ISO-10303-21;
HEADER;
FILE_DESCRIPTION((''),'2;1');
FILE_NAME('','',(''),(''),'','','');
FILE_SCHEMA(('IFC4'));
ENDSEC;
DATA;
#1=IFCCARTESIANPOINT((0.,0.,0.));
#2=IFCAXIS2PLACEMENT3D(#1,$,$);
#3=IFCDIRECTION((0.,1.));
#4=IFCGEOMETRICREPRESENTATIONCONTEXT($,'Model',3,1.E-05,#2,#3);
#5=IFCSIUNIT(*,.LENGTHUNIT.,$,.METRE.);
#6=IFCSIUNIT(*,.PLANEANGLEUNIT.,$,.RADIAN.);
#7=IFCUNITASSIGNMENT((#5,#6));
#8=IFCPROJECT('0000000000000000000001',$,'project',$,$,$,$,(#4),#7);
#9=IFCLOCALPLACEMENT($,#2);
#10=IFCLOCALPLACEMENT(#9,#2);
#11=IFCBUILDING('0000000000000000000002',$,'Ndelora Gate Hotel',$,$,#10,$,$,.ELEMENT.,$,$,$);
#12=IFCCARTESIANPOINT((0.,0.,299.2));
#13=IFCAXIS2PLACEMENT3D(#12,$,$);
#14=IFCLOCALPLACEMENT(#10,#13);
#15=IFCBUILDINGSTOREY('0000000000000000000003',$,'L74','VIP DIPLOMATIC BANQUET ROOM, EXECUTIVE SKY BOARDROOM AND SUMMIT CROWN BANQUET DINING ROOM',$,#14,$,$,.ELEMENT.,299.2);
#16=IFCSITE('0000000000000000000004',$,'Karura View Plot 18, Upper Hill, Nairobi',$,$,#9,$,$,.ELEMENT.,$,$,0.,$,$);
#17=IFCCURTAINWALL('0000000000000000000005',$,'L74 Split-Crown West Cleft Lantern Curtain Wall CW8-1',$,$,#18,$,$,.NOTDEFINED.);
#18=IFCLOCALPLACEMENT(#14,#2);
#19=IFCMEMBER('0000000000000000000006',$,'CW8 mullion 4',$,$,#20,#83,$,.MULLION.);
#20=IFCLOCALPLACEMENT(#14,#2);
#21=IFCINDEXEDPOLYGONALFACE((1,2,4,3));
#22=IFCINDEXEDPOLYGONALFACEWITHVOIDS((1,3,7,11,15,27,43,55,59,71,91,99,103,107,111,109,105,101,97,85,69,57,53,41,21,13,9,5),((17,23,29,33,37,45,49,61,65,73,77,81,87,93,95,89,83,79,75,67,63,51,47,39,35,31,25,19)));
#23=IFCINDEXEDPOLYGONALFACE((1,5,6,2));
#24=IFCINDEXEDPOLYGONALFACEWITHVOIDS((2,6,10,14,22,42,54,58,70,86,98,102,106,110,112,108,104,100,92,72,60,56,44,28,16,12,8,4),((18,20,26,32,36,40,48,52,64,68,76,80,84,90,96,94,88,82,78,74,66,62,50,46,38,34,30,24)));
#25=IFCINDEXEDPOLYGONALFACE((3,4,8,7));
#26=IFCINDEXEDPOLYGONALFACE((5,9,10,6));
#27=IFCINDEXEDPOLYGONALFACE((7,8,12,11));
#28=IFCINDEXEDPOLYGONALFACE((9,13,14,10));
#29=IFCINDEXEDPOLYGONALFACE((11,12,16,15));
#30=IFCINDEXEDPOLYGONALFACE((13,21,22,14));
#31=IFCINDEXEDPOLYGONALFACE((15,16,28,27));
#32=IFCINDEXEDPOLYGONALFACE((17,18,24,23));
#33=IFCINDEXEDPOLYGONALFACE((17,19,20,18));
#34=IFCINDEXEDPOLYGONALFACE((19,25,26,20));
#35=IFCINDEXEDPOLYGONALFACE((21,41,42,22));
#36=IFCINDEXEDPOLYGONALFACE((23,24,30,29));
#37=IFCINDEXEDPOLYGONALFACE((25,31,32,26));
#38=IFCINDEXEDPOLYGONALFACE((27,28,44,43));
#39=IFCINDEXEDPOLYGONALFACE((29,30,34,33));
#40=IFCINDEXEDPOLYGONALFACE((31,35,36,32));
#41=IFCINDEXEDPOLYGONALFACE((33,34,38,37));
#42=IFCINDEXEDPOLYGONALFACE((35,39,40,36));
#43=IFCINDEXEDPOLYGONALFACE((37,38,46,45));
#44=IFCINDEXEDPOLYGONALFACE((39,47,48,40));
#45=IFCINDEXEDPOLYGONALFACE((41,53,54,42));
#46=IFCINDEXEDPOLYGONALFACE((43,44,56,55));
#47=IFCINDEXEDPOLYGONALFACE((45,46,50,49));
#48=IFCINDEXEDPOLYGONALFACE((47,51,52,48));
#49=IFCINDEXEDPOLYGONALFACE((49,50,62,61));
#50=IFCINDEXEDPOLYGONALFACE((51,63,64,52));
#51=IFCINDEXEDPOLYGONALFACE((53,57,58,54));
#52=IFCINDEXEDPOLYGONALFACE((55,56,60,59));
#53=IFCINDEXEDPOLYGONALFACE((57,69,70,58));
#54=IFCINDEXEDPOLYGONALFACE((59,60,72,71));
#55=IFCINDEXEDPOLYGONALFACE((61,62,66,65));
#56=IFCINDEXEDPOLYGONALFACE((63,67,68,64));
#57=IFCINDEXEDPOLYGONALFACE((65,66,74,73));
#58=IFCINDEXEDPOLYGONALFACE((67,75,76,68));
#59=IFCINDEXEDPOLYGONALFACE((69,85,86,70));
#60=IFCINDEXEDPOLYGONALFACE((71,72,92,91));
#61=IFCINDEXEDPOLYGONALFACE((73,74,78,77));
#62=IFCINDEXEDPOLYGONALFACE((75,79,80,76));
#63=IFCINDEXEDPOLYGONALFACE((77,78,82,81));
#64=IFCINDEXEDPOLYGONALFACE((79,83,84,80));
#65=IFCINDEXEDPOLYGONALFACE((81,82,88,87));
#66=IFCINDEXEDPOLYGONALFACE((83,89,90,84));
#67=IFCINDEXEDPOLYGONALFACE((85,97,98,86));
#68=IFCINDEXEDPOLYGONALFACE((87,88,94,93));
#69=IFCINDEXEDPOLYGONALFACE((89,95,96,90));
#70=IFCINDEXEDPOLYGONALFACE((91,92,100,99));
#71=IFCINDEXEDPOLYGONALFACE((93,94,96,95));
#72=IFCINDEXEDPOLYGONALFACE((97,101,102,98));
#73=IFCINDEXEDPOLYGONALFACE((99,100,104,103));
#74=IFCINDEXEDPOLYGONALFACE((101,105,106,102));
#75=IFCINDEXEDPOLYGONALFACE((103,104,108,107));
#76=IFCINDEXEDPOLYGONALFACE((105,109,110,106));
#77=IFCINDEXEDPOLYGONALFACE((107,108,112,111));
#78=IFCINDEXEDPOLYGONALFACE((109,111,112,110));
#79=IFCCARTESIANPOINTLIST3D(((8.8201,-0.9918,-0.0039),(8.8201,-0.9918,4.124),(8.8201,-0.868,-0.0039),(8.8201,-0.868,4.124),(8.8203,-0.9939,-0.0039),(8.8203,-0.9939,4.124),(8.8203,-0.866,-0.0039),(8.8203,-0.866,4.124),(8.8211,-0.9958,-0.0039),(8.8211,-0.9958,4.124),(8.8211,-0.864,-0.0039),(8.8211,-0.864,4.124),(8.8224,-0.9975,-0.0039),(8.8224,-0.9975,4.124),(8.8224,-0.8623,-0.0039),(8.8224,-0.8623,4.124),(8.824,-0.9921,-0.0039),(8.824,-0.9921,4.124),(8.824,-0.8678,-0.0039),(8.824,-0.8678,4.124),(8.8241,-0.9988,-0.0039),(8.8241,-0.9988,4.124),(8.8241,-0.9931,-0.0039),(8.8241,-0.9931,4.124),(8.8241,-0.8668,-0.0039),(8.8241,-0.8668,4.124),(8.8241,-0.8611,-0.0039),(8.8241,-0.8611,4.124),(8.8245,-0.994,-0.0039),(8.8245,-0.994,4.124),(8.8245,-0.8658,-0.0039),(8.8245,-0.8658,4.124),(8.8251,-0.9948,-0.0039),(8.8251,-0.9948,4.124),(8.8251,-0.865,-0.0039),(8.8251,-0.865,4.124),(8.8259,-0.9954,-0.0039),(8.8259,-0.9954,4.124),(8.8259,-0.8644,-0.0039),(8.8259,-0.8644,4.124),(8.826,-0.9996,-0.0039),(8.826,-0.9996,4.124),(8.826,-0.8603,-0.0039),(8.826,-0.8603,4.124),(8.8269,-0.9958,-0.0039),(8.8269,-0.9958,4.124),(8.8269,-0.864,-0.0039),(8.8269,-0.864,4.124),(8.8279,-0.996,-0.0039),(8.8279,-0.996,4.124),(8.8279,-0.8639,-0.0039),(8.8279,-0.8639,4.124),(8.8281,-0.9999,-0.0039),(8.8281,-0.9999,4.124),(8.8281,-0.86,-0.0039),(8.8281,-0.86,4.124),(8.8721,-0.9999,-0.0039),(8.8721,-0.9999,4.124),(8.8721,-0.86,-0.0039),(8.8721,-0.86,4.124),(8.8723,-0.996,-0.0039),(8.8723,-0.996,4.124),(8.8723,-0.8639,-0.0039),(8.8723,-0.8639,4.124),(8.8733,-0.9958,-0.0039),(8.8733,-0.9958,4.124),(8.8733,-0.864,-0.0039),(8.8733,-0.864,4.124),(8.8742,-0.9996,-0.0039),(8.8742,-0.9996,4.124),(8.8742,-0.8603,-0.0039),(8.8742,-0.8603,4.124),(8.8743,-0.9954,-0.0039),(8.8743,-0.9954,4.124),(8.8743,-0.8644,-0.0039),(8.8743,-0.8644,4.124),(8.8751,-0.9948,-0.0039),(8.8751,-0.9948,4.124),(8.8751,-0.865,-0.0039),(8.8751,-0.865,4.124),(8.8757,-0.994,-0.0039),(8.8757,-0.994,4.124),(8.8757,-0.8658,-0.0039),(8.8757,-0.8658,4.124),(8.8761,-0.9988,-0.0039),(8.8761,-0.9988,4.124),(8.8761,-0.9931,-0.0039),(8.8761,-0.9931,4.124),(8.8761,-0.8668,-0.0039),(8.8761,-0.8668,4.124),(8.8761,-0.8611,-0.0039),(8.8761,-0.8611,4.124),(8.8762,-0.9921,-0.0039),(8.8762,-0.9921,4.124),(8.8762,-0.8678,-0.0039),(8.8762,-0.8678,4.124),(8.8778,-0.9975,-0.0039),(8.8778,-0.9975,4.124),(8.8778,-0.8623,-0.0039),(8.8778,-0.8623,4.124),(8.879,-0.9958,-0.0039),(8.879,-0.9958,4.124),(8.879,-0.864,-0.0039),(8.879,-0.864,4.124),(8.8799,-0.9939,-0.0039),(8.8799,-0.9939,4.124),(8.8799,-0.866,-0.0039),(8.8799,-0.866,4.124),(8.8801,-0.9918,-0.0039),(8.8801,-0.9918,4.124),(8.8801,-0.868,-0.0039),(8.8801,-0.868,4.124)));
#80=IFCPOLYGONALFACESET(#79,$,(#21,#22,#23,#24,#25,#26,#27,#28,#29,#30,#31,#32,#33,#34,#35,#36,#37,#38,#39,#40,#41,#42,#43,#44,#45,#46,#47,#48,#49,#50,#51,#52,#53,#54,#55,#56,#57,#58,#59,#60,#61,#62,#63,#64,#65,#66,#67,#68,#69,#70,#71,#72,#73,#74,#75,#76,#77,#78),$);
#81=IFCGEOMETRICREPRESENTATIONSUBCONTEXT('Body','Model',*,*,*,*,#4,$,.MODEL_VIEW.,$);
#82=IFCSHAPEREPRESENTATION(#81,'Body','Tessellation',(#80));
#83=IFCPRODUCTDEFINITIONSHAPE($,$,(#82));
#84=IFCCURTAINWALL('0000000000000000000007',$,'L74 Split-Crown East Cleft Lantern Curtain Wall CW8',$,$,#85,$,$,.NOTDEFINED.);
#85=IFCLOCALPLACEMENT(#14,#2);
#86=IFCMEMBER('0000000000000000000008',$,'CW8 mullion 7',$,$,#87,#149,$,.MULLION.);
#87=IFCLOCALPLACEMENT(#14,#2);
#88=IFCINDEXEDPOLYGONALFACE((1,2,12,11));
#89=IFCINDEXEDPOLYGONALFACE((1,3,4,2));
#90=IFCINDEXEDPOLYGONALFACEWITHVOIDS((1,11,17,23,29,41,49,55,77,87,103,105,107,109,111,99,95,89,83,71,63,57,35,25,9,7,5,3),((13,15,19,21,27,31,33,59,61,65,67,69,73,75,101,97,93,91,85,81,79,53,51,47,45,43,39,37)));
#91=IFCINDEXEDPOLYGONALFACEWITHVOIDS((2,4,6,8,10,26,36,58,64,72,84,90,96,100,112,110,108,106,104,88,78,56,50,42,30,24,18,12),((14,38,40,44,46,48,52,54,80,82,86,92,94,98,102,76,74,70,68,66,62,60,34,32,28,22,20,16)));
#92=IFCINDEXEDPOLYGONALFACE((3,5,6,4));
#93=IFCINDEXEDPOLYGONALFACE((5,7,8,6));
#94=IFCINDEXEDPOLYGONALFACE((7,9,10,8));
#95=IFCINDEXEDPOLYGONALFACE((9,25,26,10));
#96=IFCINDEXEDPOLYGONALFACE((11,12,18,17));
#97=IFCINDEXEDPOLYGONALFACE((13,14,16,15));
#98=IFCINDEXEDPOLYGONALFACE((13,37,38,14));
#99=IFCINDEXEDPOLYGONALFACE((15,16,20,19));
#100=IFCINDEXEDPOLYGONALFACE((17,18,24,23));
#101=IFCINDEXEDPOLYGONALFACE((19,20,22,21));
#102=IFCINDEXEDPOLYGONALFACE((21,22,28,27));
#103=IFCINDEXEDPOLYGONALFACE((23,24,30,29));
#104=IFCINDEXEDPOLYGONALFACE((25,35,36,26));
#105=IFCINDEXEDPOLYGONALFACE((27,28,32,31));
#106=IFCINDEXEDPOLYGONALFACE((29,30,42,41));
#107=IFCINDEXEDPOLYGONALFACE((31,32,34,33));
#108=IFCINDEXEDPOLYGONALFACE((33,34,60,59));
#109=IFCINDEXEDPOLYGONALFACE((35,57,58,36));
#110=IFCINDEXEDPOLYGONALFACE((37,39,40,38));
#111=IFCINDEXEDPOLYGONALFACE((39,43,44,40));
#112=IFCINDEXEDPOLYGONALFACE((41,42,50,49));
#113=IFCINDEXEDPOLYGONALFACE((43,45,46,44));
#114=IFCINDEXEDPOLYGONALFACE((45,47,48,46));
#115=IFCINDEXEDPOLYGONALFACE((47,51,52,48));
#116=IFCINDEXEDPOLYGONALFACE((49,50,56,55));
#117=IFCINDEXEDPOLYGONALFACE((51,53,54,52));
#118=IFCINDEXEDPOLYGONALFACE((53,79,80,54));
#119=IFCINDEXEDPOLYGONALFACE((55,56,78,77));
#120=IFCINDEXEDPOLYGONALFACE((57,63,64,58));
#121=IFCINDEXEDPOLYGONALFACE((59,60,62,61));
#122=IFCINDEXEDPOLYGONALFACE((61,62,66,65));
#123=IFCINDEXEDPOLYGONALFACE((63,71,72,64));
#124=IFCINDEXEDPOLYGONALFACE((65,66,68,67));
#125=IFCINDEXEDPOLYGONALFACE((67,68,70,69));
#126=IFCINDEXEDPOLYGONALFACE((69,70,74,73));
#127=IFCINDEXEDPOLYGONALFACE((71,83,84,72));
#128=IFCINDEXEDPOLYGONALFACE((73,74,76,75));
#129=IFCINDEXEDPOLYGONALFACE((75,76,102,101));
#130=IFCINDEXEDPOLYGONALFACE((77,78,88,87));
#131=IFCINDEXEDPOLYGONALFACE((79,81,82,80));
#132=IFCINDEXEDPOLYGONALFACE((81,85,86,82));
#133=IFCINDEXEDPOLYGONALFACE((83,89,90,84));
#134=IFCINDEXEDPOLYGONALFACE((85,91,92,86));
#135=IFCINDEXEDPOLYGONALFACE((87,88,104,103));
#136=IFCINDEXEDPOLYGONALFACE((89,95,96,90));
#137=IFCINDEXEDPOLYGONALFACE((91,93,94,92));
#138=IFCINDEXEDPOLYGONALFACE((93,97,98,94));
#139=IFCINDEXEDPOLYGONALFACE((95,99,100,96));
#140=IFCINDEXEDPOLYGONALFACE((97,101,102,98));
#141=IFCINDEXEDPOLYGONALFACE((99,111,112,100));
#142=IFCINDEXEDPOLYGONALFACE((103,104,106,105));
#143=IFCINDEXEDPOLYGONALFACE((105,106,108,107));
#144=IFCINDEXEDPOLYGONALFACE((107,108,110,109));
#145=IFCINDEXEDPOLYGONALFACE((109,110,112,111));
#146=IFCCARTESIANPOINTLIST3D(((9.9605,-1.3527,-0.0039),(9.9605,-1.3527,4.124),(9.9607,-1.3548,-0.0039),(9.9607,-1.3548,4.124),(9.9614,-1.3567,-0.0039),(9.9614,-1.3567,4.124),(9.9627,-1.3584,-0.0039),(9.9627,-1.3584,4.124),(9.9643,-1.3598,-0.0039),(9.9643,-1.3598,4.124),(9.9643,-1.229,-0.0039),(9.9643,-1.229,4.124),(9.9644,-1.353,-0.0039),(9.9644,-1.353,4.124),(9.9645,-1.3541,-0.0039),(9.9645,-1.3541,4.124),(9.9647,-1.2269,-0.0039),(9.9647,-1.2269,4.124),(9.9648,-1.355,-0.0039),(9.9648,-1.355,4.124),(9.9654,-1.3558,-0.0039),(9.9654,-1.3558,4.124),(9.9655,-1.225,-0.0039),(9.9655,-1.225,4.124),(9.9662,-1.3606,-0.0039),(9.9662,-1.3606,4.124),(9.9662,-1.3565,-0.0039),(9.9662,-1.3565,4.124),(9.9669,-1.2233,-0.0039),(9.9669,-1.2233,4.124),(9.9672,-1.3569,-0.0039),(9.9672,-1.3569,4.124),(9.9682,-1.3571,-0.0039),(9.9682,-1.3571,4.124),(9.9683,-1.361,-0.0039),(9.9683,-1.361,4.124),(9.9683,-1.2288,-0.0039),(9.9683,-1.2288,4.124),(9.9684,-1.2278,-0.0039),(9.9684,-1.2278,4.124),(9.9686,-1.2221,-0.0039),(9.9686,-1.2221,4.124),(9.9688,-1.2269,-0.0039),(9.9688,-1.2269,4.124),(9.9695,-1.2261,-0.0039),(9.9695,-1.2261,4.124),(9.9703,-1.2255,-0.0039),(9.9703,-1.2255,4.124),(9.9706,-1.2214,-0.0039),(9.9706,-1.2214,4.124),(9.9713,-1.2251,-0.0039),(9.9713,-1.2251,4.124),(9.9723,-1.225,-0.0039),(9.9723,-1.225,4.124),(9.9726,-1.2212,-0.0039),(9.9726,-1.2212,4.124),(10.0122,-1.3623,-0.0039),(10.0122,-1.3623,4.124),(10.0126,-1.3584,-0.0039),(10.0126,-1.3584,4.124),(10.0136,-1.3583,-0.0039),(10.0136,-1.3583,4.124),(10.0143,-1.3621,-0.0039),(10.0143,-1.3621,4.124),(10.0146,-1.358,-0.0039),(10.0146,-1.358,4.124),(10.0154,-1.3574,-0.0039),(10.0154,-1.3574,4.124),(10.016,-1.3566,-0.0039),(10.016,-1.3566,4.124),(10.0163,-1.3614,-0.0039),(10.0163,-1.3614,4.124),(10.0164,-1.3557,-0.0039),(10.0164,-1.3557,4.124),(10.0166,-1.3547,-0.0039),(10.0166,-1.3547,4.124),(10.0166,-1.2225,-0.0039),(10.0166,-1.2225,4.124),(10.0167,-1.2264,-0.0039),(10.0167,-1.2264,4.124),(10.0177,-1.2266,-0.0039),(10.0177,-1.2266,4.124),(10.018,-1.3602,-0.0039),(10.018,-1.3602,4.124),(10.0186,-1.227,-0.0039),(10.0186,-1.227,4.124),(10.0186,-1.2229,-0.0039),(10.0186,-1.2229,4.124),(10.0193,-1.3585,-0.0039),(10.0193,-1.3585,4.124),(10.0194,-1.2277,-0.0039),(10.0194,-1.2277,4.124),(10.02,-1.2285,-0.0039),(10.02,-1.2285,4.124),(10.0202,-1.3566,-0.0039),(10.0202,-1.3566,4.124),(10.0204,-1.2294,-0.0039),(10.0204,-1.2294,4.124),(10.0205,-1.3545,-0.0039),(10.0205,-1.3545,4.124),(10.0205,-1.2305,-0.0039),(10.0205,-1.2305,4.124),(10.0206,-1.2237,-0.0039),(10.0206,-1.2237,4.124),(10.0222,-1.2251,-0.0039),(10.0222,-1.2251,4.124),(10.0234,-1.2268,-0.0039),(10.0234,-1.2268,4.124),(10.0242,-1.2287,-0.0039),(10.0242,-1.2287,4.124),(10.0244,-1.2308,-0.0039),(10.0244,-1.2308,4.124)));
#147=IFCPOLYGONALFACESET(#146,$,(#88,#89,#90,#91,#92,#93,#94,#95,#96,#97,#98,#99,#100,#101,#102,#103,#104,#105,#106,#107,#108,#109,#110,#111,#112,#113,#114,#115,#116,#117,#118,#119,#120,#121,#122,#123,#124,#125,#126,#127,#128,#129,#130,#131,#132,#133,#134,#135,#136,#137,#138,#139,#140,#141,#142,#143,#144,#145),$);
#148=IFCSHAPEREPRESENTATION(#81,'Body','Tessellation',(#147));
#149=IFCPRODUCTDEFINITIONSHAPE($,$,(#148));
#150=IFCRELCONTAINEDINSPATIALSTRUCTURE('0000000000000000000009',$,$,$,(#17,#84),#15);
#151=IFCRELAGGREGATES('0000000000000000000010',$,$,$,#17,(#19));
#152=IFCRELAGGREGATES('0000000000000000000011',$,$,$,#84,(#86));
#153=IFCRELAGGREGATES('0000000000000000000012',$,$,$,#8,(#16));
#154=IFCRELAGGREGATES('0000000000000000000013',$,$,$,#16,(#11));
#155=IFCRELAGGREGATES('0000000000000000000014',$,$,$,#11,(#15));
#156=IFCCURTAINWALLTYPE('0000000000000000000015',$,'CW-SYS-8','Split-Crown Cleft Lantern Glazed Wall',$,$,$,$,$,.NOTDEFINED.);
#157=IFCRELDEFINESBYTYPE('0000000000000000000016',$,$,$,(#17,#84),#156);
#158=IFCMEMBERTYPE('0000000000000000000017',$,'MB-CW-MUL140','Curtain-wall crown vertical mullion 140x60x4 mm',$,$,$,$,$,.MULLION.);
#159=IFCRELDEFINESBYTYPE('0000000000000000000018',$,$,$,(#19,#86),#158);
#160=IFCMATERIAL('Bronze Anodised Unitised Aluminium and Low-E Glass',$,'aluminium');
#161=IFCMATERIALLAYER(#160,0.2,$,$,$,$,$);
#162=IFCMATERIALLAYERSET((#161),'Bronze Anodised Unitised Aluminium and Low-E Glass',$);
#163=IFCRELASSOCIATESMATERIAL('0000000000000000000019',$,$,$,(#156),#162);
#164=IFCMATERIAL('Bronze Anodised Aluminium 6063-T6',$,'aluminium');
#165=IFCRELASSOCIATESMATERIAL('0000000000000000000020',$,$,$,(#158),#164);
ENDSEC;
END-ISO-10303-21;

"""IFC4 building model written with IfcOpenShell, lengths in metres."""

from ifc_helpers import new_model, si_unit, direction, frame, origin, origin_2d, place, context, subcontext, project, spatial, hollow_rectangle, extrude, material, layer, layer_set, material_profile, profile_set, type_object, element, aggregate, save


model = new_model("IFC4")

# Units and contexts
model_context = context("Model", 3, precision=1e-05, world=origin(), true_north=direction((0.0, 1.0)))
body_context = subcontext(model_context, "Body", "Model", "MODEL_VIEW")
ifc_project = project(units=[si_unit("LENGTHUNIT", "METRE"), si_unit("PLANEANGLEUNIT", "RADIAN")], contexts=[model_context])

# Site, building, storey
site_placement = place(None, origin())
site = spatial("IfcSite", under=ifc_project, at=site_placement, Name="Karura View Plot 18, Upper Hill, Nairobi", CompositionType="ELEMENT", RefElevation=0.0)
building_placement = place(site_placement, origin())
building = spatial("IfcBuilding", under=site, at=building_placement, Name="Ndelora Gate Hotel", CompositionType="ELEMENT")
storey_placement = place(building_placement, frame((0.0, 0.0, 299.2)))
storey = spatial("IfcBuildingStorey", under=building, at=storey_placement, Name="L74", Description="VIP DIPLOMATIC BANQUET ROOM, EXECUTIVE SKY BOARDROOM AND SUMMIT CROWN BANQUET DINING ROOM", CompositionType="ELEMENT", Elevation=299.2)

# Curtain wall, member
ifc_material_1 = material(Name="Bronze Anodised Unitised Aluminium and Low-E Glass", Category="aluminium")
ifc_layer_1 = layer(ifc_material_1, 0.2)
ifc_layer_set_1 = layer_set([ifc_layer_1], Name="Bronze Anodised Unitised Aluminium and Low-E Glass")
curtain_wall_type = type_object("IfcCurtainWallType", Name="CW-SYS-8", Description="Split-Crown Cleft Lantern Glazed Wall", PredefinedType="NOTDEFINED", material=ifc_layer_set_1)
curtain_wall_1_placement = place(storey_placement, origin())
curtain_wall_1 = element("IfcCurtainWall", 1, at=curtain_wall_1_placement, inside=storey, type_object=curtain_wall_type, Name="L74 Split-Crown West Cleft Lantern Curtain Wall CW8-1", PredefinedType="NOTDEFINED")
ifc_material_2 = material(Name="Bronze Anodised Aluminium 6063-T6", Category="aluminium")
ifc_material_profile_1 = material_profile(ifc_material_2, hollow_rectangle(XDim=0.0601, YDim=0.1399, WallThickness=0.0039, InnerFilletRadius=0.0039, OuterFilletRadius=0.0081, at=origin_2d()), Name="ALU 140x60x4")
ifc_profile_set_1 = profile_set([ifc_material_profile_1], Name="Bronze Anodised Aluminium 6063-T6")
member_type_1 = type_object("IfcMemberType", Name="MB-CW-MUL140", Description="Curtain-wall crown vertical mullion 140x60x4 mm", PredefinedType="MULLION", material=ifc_profile_set_1)
member_1_placement = place(storey_placement, frame((8.8501, -0.9299, -0.0039), z_axis=(0.0, 0.0, 1.0), x_axis=(-1.0, 0.0, 0.0)))
member_1 = element("IfcMember", 2, at=member_1_placement, type_object=member_type_1, Name="CW8 mullion 4", PredefinedType="MULLION", context=body_context, shape_type="SweptSolid", body=[
    extrude(hollow_rectangle(XDim=0.0601, YDim=0.1399, WallThickness=0.0039, InnerFilletRadius=0.0039, OuterFilletRadius=0.0081, at=origin_2d()), origin(), (0.0, 0.0, 1.0), 4.1279),
])

# Curtain wall, member
curtain_wall_2_placement = place(storey_placement, origin())
curtain_wall_2 = element("IfcCurtainWall", 3, at=curtain_wall_2_placement, inside=storey, type_object=curtain_wall_type, Name="L74 Split-Crown East Cleft Lantern Curtain Wall CW8", PredefinedType="NOTDEFINED")
member_2_placement = place(storey_placement, frame((9.9924, -1.2917, -0.0039), z_axis=(0.0, 0.0, 1.0), x_axis=(0.999515, -0.031131, 0.0)))
member_2 = element("IfcMember", 4, at=member_2_placement, type_object=member_type_1, Name="CW8 mullion 7", PredefinedType="MULLION", context=body_context, shape_type="SweptSolid", body=[
    extrude(hollow_rectangle(XDim=0.0601, YDim=0.1399, WallThickness=0.0039, InnerFilletRadius=0.0039, OuterFilletRadius=0.0081, at=origin_2d()), origin(), (0.0, 0.0, 1.0), 4.1279),
])

aggregate(curtain_wall_1, [member_1])
aggregate(curtain_wall_2, [member_2])

save(model, "model.ifc")
